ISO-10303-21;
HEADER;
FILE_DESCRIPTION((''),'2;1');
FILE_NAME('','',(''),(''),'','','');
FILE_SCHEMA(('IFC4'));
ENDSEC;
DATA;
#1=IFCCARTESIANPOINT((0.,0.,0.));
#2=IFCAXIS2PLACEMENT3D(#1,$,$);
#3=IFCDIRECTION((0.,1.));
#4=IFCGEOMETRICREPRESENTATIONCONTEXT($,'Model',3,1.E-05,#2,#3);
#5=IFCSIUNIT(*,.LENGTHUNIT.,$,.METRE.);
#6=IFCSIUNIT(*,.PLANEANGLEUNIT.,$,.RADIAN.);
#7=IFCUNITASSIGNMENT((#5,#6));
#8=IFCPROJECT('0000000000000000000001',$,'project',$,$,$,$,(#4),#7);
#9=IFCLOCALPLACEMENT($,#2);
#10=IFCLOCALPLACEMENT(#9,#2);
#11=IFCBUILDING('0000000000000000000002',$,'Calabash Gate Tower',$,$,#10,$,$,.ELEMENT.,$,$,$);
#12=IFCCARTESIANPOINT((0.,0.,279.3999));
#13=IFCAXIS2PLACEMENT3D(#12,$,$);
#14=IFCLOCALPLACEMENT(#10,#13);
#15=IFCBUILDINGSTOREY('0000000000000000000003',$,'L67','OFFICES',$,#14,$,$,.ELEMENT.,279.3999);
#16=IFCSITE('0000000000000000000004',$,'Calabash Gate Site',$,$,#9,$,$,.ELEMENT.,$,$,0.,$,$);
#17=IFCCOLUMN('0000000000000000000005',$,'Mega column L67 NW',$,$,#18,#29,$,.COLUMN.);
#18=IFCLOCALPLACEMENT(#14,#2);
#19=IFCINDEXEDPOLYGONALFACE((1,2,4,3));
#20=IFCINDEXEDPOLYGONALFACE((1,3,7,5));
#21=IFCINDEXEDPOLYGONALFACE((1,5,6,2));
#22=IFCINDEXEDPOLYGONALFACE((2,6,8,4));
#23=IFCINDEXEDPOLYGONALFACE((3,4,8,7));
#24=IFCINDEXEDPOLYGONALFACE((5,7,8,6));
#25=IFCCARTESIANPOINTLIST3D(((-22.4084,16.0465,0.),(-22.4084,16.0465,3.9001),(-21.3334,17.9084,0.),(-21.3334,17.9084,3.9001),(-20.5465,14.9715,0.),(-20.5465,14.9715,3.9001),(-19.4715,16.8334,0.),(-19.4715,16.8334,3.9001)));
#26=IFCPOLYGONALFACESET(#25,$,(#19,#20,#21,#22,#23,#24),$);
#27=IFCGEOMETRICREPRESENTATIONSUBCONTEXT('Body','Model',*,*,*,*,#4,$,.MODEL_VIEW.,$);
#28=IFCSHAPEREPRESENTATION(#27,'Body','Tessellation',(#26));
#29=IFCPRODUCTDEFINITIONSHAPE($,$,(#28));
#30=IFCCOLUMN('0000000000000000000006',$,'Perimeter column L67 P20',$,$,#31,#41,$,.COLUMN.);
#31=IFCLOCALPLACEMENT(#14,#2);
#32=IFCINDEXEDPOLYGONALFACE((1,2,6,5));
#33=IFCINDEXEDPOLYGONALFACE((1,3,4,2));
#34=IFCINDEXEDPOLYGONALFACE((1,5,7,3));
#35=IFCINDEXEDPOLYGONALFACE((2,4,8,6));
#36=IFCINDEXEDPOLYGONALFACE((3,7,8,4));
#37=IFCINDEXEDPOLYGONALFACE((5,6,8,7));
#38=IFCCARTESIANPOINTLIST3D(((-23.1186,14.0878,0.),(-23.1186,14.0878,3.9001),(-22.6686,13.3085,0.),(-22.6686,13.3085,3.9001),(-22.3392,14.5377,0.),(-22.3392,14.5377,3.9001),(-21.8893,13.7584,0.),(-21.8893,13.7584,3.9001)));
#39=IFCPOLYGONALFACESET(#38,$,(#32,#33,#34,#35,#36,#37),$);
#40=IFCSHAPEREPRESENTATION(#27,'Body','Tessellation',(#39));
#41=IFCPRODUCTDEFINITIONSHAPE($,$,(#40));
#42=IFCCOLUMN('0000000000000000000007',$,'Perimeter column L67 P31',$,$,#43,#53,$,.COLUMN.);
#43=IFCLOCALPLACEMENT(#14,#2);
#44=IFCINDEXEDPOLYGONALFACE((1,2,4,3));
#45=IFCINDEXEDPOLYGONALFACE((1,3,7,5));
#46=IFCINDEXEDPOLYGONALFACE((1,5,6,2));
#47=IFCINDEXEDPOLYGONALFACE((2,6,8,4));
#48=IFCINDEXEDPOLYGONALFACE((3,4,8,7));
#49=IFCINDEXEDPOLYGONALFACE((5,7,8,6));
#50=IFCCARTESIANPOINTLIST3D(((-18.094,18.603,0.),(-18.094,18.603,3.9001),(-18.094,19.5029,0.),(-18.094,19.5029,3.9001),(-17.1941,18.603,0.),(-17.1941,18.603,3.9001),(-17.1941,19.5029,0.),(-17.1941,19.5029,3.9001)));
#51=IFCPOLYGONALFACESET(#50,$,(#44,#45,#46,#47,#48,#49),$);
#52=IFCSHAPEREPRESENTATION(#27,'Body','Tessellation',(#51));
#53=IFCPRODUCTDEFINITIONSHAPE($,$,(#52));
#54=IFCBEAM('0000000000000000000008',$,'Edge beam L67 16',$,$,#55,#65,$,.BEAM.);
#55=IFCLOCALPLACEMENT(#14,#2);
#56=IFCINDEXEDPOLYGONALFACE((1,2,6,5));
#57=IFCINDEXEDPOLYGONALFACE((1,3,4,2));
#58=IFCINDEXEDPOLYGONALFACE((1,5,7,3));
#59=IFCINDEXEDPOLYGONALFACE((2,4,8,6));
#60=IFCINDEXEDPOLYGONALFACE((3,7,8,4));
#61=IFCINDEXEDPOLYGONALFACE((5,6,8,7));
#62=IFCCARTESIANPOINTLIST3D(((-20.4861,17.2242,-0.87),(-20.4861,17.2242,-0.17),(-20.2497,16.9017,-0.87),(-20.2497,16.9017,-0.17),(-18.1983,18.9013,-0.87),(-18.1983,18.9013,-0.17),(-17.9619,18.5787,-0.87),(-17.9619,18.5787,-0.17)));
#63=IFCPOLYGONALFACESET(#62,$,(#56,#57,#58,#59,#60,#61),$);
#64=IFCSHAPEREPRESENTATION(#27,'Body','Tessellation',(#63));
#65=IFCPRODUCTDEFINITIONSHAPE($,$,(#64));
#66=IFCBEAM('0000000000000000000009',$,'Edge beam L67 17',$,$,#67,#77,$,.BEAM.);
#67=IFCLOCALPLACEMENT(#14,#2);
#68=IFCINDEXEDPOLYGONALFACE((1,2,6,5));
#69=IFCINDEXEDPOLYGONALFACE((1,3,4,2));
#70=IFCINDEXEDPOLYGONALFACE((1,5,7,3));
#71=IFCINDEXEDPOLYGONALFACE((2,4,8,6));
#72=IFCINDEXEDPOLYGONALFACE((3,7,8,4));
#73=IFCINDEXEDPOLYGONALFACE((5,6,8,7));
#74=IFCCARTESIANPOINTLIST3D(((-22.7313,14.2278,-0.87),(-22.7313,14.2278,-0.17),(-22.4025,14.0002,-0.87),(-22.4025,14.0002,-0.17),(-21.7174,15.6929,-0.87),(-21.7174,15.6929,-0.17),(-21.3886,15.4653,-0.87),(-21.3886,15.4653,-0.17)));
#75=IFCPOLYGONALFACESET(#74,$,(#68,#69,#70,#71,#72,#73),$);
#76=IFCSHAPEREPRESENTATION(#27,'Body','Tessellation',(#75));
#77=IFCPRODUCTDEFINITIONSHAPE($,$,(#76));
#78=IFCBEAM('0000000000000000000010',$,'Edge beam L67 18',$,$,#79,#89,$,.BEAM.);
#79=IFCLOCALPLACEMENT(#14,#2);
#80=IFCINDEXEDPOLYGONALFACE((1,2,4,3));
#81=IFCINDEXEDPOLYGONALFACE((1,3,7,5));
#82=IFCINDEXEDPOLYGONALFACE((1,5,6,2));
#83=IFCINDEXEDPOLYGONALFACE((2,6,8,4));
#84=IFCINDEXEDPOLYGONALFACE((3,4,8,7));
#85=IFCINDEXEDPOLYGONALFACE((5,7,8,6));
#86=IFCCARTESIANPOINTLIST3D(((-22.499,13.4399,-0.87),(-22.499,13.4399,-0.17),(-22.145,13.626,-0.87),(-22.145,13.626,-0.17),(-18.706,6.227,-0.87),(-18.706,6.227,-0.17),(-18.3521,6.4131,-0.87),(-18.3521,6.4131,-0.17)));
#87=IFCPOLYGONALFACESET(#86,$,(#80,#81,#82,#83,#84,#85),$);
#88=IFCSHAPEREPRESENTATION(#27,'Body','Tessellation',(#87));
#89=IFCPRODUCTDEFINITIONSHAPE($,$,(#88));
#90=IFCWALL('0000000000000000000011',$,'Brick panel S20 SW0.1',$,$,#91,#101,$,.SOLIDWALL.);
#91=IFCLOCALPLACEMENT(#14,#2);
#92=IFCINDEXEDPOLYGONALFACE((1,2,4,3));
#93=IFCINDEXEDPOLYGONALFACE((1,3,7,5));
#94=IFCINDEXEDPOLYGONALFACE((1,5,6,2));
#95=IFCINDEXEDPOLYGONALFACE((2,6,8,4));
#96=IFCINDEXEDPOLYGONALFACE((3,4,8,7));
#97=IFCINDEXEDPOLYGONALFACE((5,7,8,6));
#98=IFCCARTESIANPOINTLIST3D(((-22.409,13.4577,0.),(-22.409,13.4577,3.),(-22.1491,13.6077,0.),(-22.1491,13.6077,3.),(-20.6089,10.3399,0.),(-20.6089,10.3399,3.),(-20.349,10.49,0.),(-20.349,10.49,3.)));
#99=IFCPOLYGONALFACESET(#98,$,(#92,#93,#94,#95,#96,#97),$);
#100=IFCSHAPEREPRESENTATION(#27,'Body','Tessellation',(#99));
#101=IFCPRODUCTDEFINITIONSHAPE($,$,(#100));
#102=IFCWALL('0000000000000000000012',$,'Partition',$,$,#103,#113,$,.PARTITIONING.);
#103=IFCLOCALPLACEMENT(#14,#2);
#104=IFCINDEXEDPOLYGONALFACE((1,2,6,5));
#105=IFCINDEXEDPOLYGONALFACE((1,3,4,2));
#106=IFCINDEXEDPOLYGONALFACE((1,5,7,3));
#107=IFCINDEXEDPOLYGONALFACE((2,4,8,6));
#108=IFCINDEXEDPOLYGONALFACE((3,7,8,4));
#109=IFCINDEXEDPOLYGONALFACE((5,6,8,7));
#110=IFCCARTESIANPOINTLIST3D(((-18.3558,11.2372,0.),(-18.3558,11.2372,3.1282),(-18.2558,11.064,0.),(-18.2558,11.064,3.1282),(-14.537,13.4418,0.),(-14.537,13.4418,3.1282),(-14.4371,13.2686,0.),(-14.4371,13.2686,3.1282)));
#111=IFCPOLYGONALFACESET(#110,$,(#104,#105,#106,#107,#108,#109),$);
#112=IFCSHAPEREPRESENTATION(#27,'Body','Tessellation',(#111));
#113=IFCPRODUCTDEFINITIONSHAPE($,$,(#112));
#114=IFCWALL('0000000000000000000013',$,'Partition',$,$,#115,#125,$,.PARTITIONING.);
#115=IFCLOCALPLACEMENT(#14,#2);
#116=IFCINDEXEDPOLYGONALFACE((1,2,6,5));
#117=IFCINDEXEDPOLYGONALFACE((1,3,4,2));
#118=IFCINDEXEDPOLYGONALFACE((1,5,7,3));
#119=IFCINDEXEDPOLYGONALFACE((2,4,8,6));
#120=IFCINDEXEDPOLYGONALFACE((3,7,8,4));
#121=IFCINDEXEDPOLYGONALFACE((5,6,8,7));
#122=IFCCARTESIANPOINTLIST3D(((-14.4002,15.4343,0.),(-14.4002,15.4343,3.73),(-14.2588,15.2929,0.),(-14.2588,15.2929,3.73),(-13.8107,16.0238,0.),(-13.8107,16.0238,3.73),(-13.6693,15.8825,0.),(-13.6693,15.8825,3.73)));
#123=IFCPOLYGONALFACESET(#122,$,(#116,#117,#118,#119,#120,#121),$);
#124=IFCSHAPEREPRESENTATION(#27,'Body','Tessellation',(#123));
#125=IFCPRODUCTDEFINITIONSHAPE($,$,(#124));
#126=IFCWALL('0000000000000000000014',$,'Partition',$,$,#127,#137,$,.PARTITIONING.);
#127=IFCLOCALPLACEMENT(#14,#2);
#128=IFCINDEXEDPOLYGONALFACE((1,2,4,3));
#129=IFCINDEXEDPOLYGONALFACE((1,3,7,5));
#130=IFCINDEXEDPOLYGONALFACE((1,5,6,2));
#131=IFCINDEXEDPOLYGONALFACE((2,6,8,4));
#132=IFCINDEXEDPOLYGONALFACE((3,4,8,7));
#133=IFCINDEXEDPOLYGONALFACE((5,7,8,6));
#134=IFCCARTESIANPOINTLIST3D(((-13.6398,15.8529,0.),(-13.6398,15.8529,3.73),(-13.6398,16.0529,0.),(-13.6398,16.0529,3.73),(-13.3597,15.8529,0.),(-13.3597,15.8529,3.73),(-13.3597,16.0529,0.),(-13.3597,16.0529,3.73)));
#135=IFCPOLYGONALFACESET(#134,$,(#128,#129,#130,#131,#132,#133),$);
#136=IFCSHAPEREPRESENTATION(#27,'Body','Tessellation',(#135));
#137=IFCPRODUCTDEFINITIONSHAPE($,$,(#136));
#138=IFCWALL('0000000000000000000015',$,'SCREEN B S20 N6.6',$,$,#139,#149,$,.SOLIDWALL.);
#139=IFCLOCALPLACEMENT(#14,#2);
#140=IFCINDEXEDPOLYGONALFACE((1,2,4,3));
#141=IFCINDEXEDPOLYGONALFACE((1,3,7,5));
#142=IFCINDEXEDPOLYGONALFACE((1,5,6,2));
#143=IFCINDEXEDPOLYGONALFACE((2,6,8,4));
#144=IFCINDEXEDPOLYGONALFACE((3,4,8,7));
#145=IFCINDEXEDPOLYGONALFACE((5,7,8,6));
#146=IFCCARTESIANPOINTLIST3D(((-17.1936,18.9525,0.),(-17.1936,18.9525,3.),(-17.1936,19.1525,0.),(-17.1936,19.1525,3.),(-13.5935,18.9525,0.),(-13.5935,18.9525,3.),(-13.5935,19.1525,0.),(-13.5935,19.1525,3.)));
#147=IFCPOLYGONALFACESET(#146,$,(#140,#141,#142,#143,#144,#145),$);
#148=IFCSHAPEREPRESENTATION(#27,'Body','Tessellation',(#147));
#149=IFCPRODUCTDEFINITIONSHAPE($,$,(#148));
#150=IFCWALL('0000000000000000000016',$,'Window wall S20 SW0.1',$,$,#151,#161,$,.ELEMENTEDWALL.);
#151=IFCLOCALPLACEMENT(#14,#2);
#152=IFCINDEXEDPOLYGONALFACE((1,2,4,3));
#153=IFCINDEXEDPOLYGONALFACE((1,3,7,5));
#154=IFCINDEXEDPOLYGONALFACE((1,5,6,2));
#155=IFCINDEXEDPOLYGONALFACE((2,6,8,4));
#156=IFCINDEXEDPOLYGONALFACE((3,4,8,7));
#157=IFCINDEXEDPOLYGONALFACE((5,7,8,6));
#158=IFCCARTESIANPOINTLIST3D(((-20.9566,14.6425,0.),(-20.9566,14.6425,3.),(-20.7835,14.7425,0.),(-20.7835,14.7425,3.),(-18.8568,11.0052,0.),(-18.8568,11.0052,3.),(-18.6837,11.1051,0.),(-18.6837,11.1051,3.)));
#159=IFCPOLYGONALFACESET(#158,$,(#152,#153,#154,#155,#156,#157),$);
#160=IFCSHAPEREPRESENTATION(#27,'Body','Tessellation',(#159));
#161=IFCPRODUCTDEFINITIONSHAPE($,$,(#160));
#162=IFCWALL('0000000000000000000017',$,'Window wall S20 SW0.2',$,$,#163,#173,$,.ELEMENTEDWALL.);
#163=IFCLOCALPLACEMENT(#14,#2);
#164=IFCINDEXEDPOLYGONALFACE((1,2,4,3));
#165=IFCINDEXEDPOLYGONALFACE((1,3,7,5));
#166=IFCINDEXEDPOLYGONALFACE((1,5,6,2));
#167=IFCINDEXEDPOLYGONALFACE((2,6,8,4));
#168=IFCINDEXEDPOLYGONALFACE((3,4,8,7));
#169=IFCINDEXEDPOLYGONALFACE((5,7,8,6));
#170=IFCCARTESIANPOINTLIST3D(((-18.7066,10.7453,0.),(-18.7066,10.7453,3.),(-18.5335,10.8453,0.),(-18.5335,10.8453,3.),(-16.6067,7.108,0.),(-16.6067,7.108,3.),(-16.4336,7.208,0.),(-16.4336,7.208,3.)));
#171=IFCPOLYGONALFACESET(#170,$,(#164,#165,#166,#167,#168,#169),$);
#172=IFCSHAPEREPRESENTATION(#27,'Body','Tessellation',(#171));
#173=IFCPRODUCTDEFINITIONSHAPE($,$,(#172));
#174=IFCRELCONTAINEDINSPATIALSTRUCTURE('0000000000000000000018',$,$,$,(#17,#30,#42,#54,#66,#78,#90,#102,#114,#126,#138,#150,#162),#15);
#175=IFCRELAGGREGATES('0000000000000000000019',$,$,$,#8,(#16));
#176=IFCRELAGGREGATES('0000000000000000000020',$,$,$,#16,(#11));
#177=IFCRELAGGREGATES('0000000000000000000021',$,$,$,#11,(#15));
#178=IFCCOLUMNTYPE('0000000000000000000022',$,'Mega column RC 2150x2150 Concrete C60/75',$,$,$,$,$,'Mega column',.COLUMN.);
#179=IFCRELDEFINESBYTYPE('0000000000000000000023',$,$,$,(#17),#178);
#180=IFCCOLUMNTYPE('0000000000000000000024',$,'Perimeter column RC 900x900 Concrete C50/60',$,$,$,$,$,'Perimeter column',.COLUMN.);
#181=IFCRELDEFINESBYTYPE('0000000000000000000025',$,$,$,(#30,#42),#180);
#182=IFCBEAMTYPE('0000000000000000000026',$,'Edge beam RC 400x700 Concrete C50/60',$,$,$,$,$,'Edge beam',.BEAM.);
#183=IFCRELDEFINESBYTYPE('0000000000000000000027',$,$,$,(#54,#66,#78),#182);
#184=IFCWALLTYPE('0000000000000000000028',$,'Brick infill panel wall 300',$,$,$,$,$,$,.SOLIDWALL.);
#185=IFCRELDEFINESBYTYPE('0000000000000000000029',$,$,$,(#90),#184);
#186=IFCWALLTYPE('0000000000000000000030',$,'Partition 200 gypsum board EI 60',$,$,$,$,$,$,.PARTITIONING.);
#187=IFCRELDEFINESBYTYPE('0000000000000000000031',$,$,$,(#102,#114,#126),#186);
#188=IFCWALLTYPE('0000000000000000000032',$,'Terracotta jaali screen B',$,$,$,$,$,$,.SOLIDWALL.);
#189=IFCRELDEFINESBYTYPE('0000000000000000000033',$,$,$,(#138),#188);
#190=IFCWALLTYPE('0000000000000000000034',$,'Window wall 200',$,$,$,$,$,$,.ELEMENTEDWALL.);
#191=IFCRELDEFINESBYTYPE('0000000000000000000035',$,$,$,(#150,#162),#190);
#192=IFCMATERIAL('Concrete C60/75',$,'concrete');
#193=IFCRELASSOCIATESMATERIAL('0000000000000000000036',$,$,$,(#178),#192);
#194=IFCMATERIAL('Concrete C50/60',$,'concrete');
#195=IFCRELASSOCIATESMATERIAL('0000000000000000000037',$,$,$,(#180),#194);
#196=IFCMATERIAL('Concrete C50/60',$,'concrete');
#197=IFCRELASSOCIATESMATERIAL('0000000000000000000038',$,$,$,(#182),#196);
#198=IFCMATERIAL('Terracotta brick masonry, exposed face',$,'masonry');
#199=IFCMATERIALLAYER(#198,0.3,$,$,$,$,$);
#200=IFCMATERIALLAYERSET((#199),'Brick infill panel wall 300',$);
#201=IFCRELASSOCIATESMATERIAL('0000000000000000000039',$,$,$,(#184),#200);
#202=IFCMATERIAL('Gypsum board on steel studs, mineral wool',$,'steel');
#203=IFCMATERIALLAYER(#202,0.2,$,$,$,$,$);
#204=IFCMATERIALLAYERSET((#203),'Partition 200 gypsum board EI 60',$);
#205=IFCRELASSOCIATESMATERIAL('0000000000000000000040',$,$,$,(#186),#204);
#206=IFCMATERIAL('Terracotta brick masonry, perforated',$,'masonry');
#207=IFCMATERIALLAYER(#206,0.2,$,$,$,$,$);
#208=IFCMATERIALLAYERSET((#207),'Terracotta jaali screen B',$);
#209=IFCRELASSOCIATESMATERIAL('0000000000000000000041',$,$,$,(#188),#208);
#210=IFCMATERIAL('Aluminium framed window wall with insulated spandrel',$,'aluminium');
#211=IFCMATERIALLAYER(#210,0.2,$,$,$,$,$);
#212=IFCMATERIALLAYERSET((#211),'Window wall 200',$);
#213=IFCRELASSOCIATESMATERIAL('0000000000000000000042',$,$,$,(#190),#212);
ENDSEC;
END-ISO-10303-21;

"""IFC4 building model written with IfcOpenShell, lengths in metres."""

from ifc_helpers import new_model, si_unit, direction, frame, frame_2d, origin, origin_2d, place, context, subcontext, project, spatial, rectangle, extrude, material, layer, layer_set, material_profile, profile_set, type_object, element, save


model = new_model("IFC4")

# Units and contexts
model_context = context("Model", 3, precision=1e-05, world=origin(), true_north=direction((0.0, 1.0)))
body_context = subcontext(model_context, "Body", "Model", "MODEL_VIEW")
ifc_project = project(units=[si_unit("LENGTHUNIT", "METRE"), si_unit("PLANEANGLEUNIT", "RADIAN")], contexts=[model_context])

# Site, building, storey
site_placement = place(None, origin())
site = spatial("IfcSite", under=ifc_project, at=site_placement, Name="Calabash Gate Site", CompositionType="ELEMENT", RefElevation=0.0)
building_placement = place(site_placement, origin())
building = spatial("IfcBuilding", under=site, at=building_placement, Name="Calabash Gate Tower", CompositionType="ELEMENT")
storey_placement = place(building_placement, frame((0.0, 0.0, 279.3999)))
storey = spatial("IfcBuildingStorey", under=building, at=storey_placement, Name="L67", Description="OFFICES", CompositionType="ELEMENT", Elevation=279.3999)

# Columns
ifc_material_1 = material(Name="Concrete C60/75", Category="concrete")
ifc_material_profile_1 = material_profile(ifc_material_1, rectangle(XDim=2.1499, YDim=2.1499, at=origin_2d()))
ifc_profile_set_1 = profile_set([ifc_material_profile_1], Name="Concrete C60/75")
column_type_1 = type_object("IfcColumnType", Name="Mega column RC 2150x2150 Concrete C60/75", ElementType="Mega column", PredefinedType="COLUMN", material=ifc_profile_set_1)
column_placement = place(storey_placement, frame((-20.9399, 16.4399, 0.0), z_axis=(0.0, 0.0, 1.0), x_axis=(0.866025, -0.5, 0.0)))
element("IfcColumn", 1, at=column_placement, inside=storey, type_object=column_type_1, Name="Mega column L67 NW", PredefinedType="COLUMN", context=body_context, shape_type="SweptSolid", body=[
    extrude(rectangle(XDim=2.1499, YDim=2.1499, at=origin_2d()), origin(), (0.0, 0.0, 1.0), 3.9001),
])
ifc_material_2 = material(Name="Concrete C50/60", Category="concrete")
ifc_material_profile_2 = material_profile(ifc_material_2, rectangle(XDim=0.8999, YDim=0.8999, at=origin_2d()))
ifc_profile_set_2 = profile_set([ifc_material_profile_2], Name="Concrete C50/60")
column_type_2 = type_object("IfcColumnType", Name="Perimeter column RC 900x900 Concrete C50/60", ElementType="Perimeter column", PredefinedType="COLUMN", material=ifc_profile_set_2)
for number, where, z_axis, x_axis, name in (
    (2, (-22.5039, 13.9231, 0.0), (0.0, 0.0, 1.0), (0.5, -0.866025, 0.0), "Perimeter column L67 P20"),
    (3, (-17.644, 19.053, 0.0), (0.0, 0.0, 1.0), (-1.0, 0.0, 0.0), "Perimeter column L67 P31"),
):
    element("IfcColumn", number, at=place(storey_placement, frame(where, z_axis=z_axis, x_axis=x_axis)), inside=storey, type_object=column_type_2, Name=name, PredefinedType="COLUMN", context=body_context, shape_type="SweptSolid", body=[
        extrude(rectangle(XDim=0.8999, YDim=0.8999, at=origin_2d()), origin(), (0.0, 0.0, 1.0), 3.9001),
    ])

# Beams
ifc_material_3 = material(Name="Concrete C50/60", Category="concrete")
ifc_material_profile_3 = material_profile(ifc_material_3, rectangle(XDim=0.3999, YDim=0.7, at=origin_2d()))
ifc_profile_set_3 = profile_set([ifc_material_profile_3], Name="Concrete C50/60")
beam_type = type_object("IfcBeamType", Name="Edge beam RC 400x700 Concrete C50/60", ElementType="Edge beam", PredefinedType="BEAM", material=ifc_profile_set_3)
beam_1_placement = place(storey_placement, frame((-18.0801, 18.74, -0.52), z_axis=(-0.806531, -0.591192, 0.0), x_axis=(0.591192, -0.806531, 0.0)))
element("IfcBeam", 4, at=beam_1_placement, inside=storey, type_object=beam_type, Name="Edge beam L67 16", PredefinedType="BEAM", context=body_context, shape_type="SweptSolid", body=[
    extrude(rectangle(XDim=0.3999, YDim=0.7, at=origin_2d()), origin(), (0.0, 0.0, 1.0), 2.8367),
])
beam_2_placement = place(storey_placement, frame((-21.553, 15.5791, -0.52), z_axis=(-0.569067, -0.822291, 0.0), x_axis=(0.822291, -0.569067, 0.0)))
element("IfcBeam", 5, at=beam_2_placement, inside=storey, type_object=beam_type, Name="Edge beam L67 17", PredefinedType="BEAM", context=body_context, shape_type="SweptSolid", body=[
    extrude(rectangle(XDim=0.3999, YDim=0.7, at=origin_2d()), origin(), (0.0, 0.0, 1.0), 1.7817),
])
beam_3_placement = place(storey_placement, frame((-22.322, 13.533, -0.52), z_axis=(0.46543, -0.885085, 0.0), x_axis=(0.885085, 0.46543, 0.0)))
element("IfcBeam", 6, at=beam_3_placement, inside=storey, type_object=beam_type, Name="Edge beam L67 18", PredefinedType="BEAM", context=body_context, shape_type="SweptSolid", body=[
    extrude(rectangle(XDim=0.3999, YDim=0.7, at=origin_2d()), origin(), (0.0, 0.0, 1.0), 8.1494),
])

# Wall
ifc_material_4 = material(Name="Terracotta brick masonry, exposed face", Category="masonry")
ifc_layer_1 = layer(ifc_material_4, 0.3)
ifc_layer_set_1 = layer_set([ifc_layer_1], Name="Brick infill panel wall 300")
wall_type_1 = type_object("IfcWallType", Name="Brick infill panel wall 300", PredefinedType="SOLIDWALL", material=ifc_layer_set_1)
wall_1_placement = place(storey_placement, frame((-22.2791, 13.5327, 0.0), z_axis=(0.0, 0.0, 1.0), x_axis=(0.500012, -0.866018, 0.0)))
element("IfcWall", 7, at=wall_1_placement, inside=storey, type_object=wall_type_1, Name="Brick panel S20 SW0.1", PredefinedType="SOLIDWALL", context=body_context, shape_type="SweptSolid", body=[
    extrude(rectangle(XDim=3.6001, YDim=0.3, at=frame_2d((1.8, 0.0))), origin(), (0.0, 0.0, 1.0), 3.0),
])

# Shared definitions
ifc_material_5 = material(Name="Gypsum board on steel studs, mineral wool", Category="steel")
ifc_layer_2 = layer(ifc_material_5, 0.2)
ifc_layer_set_2 = layer_set([ifc_layer_2], Name="Partition 200 gypsum board EI 60")
wall_type_2 = type_object("IfcWallType", Name="Partition 200 gypsum board EI 60", PredefinedType="PARTITIONING", material=ifc_layer_set_2)

# Wall
wall_2_placement = place(storey_placement, frame((-18.3057, 11.1506, 0.0), z_axis=(0.0, 0.0, 1.0), x_axis=(0.866033, 0.499986, 0.0)))
element("IfcWall", 8, at=wall_2_placement, inside=storey, type_object=wall_type_2, Name="Partition", PredefinedType="PARTITIONING", context=body_context, shape_type="SweptSolid", body=[
    extrude(rectangle(XDim=4.4094, YDim=0.2, at=frame_2d((2.2046, 0.0))), origin(), (0.0, 0.0, 1.0), 3.1282),
])

# Walls
wall_3_placement = place(storey_placement, frame((-14.3296, 15.3635, 0.0), z_axis=(0.0, 0.0, 1.0), x_axis=(0.707107, 0.707107, 0.0)))
element("IfcWall", 9, at=wall_3_placement, inside=storey, type_object=wall_type_2, Name="Partition", PredefinedType="PARTITIONING", context=body_context, shape_type="SweptSolid", body=[
    extrude(rectangle(XDim=0.8337, YDim=0.2, at=frame_2d((0.417, 0.0))), origin(), (0.0, 0.0, 1.0), 3.73),
])
wall_4_placement = place(storey_placement, frame((-13.6399, 15.9529, 0.0), z_axis=(0.0, 0.0, 1.0), x_axis=(1.0, 0.0, 0.0)))
element("IfcWall", 10, at=wall_4_placement, inside=storey, type_object=wall_type_2, Name="Partition", PredefinedType="PARTITIONING", context=body_context, shape_type="SweptSolid", body=[
    extrude(rectangle(XDim=0.28, YDim=0.2, at=frame_2d((0.1401, 0.0))), origin(), (0.0, 0.0, 1.0), 3.73),
])
ifc_material_6 = material(Name="Terracotta brick masonry, perforated", Category="masonry")
ifc_layer_3 = layer(ifc_material_6, 0.2)
ifc_layer_set_3 = layer_set([ifc_layer_3], Name="Terracotta jaali screen B")
wall_type_3 = type_object("IfcWallType", Name="Terracotta jaali screen B", PredefinedType="SOLIDWALL", material=ifc_layer_set_3)
wall_5_placement = place(storey_placement, frame((-13.5935, 19.0525, 0.0), z_axis=(0.0, 0.0, 1.0), x_axis=(-1.0, 0.0, 0.0)))
element("IfcWall", 11, at=wall_5_placement, inside=storey, type_object=wall_type_3, Name="SCREEN B S20 N6.6", PredefinedType="SOLIDWALL", context=body_context, shape_type="SweptSolid", body=[
    extrude(rectangle(XDim=3.6001, YDim=0.2, at=frame_2d((1.8, 0.0))), origin(), (0.0, 0.0, 1.0), 3.0),
])
ifc_material_7 = material(Name="Aluminium framed window wall with insulated spandrel", Category="aluminium")
ifc_layer_4 = layer(ifc_material_7, 0.2)
ifc_layer_set_4 = layer_set([ifc_layer_4], Name="Window wall 200")
wall_type_4 = type_object("IfcWallType", Name="Window wall 200", PredefinedType="ELEMENTEDWALL", material=ifc_layer_set_4)
for number, where, z_axis, x_axis, name in (
    (12, (-20.8701, 14.6926, 0.0), (0.0, 0.0, 1.0), (0.499959, -0.866049, 0.0), "Window wall S20 SW0.1"),
    (13, (-18.6201, 10.7954, 0.0), (0.0, 0.0, 1.0), (0.499984, -0.866035, 0.0), "Window wall S20 SW0.2"),
):
    element("IfcWall", number, at=place(storey_placement, frame(where, z_axis=z_axis, x_axis=x_axis)), inside=storey, type_object=wall_type_4, Name=name, PredefinedType="ELEMENTEDWALL", context=body_context, shape_type="SweptSolid", body=[
        extrude(rectangle(XDim=4.2, YDim=0.2, at=frame_2d((2.1001, 0.0))), origin(), (0.0, 0.0, 1.0), 3.0),
    ])

save(model, "model.ifc")
